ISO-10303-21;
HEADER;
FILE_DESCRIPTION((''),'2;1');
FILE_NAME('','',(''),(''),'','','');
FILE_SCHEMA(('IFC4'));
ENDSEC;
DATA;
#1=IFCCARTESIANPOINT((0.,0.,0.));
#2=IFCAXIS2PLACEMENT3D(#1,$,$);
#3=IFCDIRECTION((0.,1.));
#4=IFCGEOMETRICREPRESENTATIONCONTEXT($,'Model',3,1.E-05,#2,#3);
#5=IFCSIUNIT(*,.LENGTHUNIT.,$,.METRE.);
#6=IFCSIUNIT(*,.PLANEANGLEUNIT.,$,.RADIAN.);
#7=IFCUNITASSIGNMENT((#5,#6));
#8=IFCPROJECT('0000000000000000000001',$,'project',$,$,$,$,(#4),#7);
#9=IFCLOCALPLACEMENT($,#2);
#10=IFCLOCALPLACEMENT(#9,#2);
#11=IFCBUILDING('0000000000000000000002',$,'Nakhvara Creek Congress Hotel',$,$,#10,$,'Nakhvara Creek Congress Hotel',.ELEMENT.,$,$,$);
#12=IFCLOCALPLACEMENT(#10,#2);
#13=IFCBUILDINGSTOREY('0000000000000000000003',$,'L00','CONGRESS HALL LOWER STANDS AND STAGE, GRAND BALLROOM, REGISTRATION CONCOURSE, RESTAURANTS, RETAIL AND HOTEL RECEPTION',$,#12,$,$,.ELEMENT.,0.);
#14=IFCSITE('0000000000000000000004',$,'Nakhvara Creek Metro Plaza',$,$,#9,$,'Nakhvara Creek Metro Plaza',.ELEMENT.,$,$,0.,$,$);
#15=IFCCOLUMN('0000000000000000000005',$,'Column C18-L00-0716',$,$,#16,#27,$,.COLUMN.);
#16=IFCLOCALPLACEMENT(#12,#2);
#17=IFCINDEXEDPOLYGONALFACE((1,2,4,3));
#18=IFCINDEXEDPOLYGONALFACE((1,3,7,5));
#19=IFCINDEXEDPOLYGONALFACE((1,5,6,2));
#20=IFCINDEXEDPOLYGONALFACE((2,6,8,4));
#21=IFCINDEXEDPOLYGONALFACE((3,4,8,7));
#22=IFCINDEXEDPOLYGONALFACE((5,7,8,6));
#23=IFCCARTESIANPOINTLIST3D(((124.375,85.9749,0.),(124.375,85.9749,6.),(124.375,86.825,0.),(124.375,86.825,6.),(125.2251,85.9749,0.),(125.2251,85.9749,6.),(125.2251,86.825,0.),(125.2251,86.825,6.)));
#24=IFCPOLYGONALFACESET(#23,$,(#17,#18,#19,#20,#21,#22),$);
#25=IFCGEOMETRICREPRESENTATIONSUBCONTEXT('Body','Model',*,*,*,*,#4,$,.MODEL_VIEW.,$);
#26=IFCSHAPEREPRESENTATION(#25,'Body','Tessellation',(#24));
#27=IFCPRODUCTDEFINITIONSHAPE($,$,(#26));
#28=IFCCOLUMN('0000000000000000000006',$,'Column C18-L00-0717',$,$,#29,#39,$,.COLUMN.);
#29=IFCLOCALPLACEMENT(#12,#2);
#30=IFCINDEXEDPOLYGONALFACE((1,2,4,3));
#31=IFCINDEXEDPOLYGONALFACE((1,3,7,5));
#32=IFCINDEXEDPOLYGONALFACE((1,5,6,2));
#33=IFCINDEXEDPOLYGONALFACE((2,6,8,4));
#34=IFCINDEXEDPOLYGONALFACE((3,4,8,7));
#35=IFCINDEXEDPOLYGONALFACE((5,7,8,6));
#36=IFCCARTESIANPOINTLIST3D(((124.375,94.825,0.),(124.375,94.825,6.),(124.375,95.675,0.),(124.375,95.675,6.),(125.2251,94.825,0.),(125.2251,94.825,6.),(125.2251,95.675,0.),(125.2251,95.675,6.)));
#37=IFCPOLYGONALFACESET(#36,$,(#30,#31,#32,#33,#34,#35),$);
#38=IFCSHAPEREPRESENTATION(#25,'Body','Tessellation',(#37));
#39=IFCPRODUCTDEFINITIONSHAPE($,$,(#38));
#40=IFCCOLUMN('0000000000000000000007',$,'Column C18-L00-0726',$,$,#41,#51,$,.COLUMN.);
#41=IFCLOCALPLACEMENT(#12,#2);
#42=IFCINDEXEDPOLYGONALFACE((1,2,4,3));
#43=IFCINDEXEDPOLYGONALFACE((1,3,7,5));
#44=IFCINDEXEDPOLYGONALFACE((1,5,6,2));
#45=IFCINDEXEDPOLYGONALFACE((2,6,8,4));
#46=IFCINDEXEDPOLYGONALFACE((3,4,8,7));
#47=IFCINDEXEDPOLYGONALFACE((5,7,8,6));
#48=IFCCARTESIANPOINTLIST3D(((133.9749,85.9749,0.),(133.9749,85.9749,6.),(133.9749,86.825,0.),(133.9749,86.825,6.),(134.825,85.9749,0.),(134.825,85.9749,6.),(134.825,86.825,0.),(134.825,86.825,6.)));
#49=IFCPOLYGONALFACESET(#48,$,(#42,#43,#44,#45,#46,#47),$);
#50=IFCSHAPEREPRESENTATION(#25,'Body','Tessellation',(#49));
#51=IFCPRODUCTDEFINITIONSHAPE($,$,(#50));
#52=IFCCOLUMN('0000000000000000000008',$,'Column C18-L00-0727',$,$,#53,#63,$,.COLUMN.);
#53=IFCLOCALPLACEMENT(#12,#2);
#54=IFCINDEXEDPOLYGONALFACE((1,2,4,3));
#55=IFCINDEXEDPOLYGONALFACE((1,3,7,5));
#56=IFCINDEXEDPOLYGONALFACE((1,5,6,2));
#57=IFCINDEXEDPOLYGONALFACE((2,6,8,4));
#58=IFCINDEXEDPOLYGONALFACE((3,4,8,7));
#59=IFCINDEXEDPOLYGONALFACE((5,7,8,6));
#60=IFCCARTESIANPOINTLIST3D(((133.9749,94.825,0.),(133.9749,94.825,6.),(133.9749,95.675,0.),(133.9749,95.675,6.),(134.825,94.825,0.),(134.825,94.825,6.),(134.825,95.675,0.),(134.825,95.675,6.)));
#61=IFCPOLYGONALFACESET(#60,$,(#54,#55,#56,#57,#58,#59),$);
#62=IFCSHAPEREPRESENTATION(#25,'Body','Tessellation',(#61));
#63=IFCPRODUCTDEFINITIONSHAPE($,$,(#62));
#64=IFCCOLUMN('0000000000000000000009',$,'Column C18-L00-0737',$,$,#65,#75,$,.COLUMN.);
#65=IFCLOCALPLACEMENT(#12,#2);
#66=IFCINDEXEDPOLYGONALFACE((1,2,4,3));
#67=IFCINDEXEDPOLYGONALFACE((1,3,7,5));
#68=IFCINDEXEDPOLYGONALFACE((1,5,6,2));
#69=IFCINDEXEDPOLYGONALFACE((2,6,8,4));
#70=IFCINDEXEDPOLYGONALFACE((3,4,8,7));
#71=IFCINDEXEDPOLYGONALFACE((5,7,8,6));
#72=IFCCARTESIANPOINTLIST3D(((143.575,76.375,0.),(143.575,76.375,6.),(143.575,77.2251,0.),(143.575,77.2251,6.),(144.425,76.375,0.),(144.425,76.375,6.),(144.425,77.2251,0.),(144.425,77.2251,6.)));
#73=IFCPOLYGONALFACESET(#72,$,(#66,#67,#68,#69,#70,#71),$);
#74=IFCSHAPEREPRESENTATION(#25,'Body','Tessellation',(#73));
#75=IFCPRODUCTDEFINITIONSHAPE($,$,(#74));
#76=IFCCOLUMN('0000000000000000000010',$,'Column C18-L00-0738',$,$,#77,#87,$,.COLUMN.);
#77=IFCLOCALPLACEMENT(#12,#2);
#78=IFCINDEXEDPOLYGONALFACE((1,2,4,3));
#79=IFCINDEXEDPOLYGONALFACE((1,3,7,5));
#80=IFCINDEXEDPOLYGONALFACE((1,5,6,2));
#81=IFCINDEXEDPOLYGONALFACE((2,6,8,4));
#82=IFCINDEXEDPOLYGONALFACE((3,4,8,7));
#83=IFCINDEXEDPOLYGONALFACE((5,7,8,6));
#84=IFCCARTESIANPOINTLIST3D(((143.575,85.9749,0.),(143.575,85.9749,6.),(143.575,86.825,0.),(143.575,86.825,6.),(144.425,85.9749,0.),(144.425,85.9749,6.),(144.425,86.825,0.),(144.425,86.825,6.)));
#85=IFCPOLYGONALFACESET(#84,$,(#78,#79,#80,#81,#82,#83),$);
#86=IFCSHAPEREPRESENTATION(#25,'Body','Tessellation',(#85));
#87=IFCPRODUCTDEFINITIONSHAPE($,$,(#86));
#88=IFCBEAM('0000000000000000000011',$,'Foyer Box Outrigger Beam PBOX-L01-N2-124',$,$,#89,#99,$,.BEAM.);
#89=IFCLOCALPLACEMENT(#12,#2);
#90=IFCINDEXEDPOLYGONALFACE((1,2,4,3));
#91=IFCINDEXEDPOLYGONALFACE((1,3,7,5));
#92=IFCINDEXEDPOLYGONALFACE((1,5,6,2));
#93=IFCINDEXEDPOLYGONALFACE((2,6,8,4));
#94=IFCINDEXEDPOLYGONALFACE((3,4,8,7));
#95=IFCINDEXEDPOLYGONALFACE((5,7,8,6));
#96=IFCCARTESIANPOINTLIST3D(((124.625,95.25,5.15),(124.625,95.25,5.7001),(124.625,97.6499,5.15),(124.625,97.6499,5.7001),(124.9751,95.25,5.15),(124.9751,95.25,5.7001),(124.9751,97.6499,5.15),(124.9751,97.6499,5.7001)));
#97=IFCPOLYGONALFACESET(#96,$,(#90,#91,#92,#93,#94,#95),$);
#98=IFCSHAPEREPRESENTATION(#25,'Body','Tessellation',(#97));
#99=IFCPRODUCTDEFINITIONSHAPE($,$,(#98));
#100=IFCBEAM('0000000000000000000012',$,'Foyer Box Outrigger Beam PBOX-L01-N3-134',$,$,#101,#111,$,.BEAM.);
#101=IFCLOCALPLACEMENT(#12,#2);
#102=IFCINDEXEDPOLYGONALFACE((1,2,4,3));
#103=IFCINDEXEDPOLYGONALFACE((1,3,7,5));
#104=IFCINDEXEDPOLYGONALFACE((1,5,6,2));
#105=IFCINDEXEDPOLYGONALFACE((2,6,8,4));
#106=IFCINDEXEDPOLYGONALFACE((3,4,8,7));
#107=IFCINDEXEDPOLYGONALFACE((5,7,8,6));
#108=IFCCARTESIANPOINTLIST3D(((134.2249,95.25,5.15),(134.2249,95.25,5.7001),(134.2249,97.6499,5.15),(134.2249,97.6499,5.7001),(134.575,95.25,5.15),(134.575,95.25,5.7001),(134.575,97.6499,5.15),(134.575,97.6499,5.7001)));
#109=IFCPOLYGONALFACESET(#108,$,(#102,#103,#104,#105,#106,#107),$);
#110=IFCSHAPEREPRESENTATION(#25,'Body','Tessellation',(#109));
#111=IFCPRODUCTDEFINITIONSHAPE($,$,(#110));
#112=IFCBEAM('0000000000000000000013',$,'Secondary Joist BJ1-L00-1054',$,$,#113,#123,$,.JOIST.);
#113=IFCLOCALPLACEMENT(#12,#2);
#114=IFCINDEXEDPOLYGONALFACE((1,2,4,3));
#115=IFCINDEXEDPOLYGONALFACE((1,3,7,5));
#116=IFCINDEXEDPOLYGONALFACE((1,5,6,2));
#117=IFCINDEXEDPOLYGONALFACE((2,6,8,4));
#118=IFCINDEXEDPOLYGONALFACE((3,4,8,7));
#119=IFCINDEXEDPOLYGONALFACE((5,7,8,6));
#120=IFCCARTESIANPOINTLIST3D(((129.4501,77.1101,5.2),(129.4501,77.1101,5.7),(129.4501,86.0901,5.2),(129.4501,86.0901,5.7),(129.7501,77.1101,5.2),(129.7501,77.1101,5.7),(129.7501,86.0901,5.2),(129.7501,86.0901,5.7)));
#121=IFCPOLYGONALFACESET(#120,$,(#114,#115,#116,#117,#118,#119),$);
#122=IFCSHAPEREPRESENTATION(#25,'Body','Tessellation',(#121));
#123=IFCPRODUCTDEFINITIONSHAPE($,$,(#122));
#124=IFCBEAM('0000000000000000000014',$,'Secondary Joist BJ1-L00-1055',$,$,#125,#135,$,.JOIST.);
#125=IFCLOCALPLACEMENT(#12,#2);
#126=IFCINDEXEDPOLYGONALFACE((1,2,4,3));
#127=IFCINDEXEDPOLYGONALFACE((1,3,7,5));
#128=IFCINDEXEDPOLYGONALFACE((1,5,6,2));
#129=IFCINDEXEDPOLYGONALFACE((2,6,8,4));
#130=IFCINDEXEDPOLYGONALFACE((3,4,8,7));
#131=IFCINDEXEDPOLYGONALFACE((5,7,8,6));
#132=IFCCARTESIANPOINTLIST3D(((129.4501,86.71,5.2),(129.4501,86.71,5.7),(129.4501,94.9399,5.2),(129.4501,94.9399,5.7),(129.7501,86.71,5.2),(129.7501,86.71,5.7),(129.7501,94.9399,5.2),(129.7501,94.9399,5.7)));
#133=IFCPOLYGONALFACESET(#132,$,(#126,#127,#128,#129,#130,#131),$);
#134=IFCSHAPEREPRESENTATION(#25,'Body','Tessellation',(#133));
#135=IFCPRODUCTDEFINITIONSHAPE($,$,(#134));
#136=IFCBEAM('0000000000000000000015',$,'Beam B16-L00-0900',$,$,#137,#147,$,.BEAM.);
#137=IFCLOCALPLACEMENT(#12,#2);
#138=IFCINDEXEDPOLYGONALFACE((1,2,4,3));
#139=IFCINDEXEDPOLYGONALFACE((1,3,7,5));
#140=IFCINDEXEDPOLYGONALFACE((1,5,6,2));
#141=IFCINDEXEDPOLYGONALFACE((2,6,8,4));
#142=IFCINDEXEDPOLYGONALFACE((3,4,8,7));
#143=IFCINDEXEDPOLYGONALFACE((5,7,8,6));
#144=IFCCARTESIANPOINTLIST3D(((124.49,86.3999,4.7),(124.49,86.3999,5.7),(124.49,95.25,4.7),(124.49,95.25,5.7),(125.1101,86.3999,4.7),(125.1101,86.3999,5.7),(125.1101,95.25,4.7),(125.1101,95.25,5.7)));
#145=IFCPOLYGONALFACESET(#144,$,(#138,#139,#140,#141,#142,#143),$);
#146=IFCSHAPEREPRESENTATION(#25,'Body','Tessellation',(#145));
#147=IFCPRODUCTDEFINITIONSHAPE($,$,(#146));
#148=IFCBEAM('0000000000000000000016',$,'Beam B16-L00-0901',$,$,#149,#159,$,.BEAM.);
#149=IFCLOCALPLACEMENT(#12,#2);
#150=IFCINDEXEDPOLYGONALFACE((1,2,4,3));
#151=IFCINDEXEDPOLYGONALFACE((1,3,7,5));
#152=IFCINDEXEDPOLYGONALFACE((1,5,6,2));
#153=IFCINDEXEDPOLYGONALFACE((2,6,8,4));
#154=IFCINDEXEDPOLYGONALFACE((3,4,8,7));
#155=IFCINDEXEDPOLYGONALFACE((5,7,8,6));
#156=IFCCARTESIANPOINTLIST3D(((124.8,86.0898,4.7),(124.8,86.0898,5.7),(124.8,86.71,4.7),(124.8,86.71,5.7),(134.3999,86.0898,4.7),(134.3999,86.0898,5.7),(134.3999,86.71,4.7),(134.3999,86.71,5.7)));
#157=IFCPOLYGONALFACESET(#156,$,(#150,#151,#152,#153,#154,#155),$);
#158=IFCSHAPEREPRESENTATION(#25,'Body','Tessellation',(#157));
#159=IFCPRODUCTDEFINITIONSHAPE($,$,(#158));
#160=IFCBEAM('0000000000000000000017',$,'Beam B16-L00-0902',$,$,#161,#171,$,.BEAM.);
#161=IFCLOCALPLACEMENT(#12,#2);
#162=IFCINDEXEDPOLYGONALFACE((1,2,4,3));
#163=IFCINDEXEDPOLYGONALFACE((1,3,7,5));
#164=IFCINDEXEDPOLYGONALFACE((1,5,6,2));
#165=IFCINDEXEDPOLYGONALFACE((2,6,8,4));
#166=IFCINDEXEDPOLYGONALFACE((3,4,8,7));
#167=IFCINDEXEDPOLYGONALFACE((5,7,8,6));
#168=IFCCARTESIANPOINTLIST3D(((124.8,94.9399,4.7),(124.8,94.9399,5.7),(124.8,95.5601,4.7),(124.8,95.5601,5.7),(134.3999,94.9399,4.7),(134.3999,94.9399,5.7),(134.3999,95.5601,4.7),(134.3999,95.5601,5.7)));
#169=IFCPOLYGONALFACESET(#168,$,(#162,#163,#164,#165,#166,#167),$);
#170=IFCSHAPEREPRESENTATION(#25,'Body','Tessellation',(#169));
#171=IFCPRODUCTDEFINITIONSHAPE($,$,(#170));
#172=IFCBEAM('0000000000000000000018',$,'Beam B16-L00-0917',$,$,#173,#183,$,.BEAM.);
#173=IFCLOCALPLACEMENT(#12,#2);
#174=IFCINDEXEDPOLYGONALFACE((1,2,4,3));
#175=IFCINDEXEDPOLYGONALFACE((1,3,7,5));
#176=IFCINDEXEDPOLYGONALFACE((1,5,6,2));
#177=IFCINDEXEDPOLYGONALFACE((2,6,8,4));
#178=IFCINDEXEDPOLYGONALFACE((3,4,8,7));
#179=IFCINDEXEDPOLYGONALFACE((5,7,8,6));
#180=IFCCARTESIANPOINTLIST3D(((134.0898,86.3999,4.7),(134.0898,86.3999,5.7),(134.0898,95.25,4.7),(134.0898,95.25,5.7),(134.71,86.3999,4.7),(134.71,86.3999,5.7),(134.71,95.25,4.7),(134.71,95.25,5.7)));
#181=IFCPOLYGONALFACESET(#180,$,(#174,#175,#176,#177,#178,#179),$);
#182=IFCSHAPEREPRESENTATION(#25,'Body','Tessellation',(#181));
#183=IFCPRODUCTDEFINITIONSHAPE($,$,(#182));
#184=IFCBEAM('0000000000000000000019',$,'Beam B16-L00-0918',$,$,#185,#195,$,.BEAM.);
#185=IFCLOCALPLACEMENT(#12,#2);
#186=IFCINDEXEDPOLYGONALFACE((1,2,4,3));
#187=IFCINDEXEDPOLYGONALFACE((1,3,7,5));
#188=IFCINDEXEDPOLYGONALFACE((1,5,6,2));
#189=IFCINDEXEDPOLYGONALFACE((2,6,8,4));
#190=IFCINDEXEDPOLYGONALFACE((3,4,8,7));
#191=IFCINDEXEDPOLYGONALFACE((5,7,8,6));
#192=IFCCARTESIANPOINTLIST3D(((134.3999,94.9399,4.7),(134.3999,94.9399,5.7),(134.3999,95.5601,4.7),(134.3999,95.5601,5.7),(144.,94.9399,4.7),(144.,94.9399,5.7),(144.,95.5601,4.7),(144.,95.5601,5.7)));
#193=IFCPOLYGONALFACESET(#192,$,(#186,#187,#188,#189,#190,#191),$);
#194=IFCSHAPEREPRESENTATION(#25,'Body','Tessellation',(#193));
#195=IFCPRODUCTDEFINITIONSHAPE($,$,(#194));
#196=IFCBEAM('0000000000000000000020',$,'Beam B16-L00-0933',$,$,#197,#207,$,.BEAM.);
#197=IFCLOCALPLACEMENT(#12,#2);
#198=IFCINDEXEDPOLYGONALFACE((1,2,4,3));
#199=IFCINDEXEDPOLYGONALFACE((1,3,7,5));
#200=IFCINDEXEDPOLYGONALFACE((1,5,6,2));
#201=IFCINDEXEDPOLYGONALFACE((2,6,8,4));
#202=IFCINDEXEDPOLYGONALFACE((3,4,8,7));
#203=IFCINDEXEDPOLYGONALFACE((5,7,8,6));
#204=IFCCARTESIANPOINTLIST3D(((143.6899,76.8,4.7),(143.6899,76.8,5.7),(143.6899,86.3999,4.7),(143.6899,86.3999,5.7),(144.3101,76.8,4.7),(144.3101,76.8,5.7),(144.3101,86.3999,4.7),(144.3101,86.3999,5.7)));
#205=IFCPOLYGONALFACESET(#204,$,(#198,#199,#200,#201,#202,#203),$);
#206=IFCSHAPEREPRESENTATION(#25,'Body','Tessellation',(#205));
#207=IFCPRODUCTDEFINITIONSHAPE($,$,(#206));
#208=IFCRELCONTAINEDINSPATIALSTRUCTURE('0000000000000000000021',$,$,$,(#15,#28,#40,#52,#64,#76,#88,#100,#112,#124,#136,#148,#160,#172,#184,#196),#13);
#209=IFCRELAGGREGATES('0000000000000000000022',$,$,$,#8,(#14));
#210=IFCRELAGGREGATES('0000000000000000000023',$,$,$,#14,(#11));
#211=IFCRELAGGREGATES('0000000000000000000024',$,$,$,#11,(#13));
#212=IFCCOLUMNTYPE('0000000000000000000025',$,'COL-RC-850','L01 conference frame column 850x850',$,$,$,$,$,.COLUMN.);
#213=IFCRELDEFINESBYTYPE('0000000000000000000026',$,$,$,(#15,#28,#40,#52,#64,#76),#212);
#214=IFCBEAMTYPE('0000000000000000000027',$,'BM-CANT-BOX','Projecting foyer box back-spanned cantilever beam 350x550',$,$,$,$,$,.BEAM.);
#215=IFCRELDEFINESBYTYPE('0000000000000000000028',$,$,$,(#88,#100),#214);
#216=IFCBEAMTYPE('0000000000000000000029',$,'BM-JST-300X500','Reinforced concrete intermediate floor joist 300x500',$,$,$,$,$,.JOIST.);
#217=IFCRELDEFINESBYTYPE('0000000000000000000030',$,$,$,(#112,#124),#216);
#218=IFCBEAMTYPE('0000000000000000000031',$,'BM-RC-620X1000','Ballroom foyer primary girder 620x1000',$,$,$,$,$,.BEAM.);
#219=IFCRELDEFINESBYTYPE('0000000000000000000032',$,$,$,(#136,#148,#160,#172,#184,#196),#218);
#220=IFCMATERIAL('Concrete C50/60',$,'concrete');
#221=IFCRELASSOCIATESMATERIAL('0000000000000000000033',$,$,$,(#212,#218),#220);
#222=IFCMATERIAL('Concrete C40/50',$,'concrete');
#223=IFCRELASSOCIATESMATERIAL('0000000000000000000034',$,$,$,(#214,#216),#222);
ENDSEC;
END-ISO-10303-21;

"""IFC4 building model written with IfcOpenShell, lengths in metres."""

from ifc_helpers import new_model, si_unit, direction, frame, origin, origin_2d, place, context, subcontext, project, spatial, rectangle, extrude, material, material_profile, profile_set, type_object, element, save


model = new_model("IFC4")

# Units and contexts
model_context = context("Model", 3, precision=1e-05, world=origin(), true_north=direction((0.0, 1.0)))
body_context = subcontext(model_context, "Body", "Model", "MODEL_VIEW")
ifc_project = project(units=[si_unit("LENGTHUNIT", "METRE"), si_unit("PLANEANGLEUNIT", "RADIAN")], contexts=[model_context])

# Site, building, storey
site_placement = place(None, origin())
site = spatial("IfcSite", under=ifc_project, at=site_placement, Name="Nakhvara Creek Metro Plaza", LongName="Nakhvara Creek Metro Plaza", CompositionType="ELEMENT", RefElevation=0.0)
building_placement = place(site_placement, origin())
building = spatial("IfcBuilding", under=site, at=building_placement, Name="Nakhvara Creek Congress Hotel", LongName="Nakhvara Creek Congress Hotel", CompositionType="ELEMENT")
storey_placement = place(building_placement, origin())
storey = spatial("IfcBuildingStorey", under=building, at=storey_placement, Name="L00", Description="CONGRESS HALL LOWER STANDS AND STAGE, GRAND BALLROOM, REGISTRATION CONCOURSE, RESTAURANTS, RETAIL AND HOTEL RECEPTION", CompositionType="ELEMENT", Elevation=0.0)

# Columns
ifc_material_1 = material(Name="Concrete C50/60", Category="concrete")
ifc_material_profile_1 = material_profile(ifc_material_1, rectangle(XDim=0.8501, YDim=0.8501, at=origin_2d()), Name="RC-COL 850x850", Category="LoadBearing")
ifc_profile_set_1 = profile_set([ifc_material_profile_1], Name="Concrete C50/60")
column_type = type_object("IfcColumnType", Name="COL-RC-850", Description="L01 conference frame column 850x850", PredefinedType="COLUMN", material=ifc_profile_set_1)
for number, where, z_axis, x_axis, name in (
    (1, (124.8, 86.3999, 0.0), (0.0, 0.0, 1.0), (1.0, 0.0, 0.0), "Column C18-L00-0716"),
    (2, (124.8, 95.25, 0.0), (0.0, 0.0, 1.0), (1.0, 0.0, 0.0), "Column C18-L00-0717"),
    (3, (134.3999, 86.3999, 0.0), (0.0, 0.0, 1.0), (1.0, 0.0, 0.0), "Column C18-L00-0726"),
    (4, (134.3999, 95.25, 0.0), (0.0, 0.0, 1.0), (1.0, 0.0, 0.0), "Column C18-L00-0727"),
    (5, (144.0, 76.8, 0.0), (0.0, 0.0, 1.0), (1.0, 0.0, 0.0), "Column C18-L00-0737"),
    (6, (144.0, 86.3999, 0.0), (0.0, 0.0, 1.0), (1.0, 0.0, 0.0), "Column C18-L00-0738"),
):
    element("IfcColumn", number, at=place(storey_placement, frame(where, z_axis=z_axis, x_axis=x_axis)), inside=storey, type_object=column_type, Name=name, PredefinedType="COLUMN", context=body_context, shape_type="SweptSolid", body=[
        extrude(rectangle(XDim=0.8501, YDim=0.8501, at=origin_2d()), origin(), (0.0, 0.0, 1.0), 6.0),
    ])

# Beams
ifc_material_2 = material(Name="Concrete C40/50", Category="concrete")
ifc_material_profile_2 = material_profile(ifc_material_2, rectangle(XDim=0.3501, YDim=0.55, at=origin_2d()), Name="RC-BM 350x550", Category="LoadBearing")
ifc_profile_set_2 = profile_set([ifc_material_profile_2], Name="Concrete C40/50")
beam_type_1 = type_object("IfcBeamType", Name="BM-CANT-BOX", Description="Projecting foyer box back-spanned cantilever beam 350x550", PredefinedType="BEAM", material=ifc_profile_set_2)
for number, where, z_axis, x_axis, name in (
    (7, (124.8, 95.25, 5.425), (0.0, 1.0, 0.0), (-1.0, 0.0, 0.0), "Foyer Box Outrigger Beam PBOX-L01-N2-124"),
    (8, (134.3999, 95.25, 5.425), (0.0, 1.0, 0.0), (-1.0, 0.0, 0.0), "Foyer Box Outrigger Beam PBOX-L01-N3-134"),
):
    element("IfcBeam", number, at=place(storey_placement, frame(where, z_axis=z_axis, x_axis=x_axis)), inside=storey, type_object=beam_type_1, Name=name, PredefinedType="BEAM", context=body_context, shape_type="SweptSolid", body=[
        extrude(rectangle(XDim=0.3501, YDim=0.55, at=origin_2d()), origin(), (0.0, 0.0, 1.0), 2.3999),
    ])
ifc_material_profile_3 = material_profile(ifc_material_2, rectangle(XDim=0.3, YDim=0.5, at=origin_2d()), Name="RC-BM 300x500", Category="LoadBearing")
ifc_profile_set_3 = profile_set([ifc_material_profile_3], Name="Concrete C40/50")
beam_type_2 = type_object("IfcBeamType", Name="BM-JST-300X500", Description="Reinforced concrete intermediate floor joist 300x500", PredefinedType="JOIST", material=ifc_profile_set_3)
beam_1_placement = place(storey_placement, frame((129.6001, 77.1101, 5.45), z_axis=(0.0, 1.0, 0.0), x_axis=(-1.0, 0.0, 0.0)))
element("IfcBeam", 9, at=beam_1_placement, inside=storey, type_object=beam_type_2, Name="Secondary Joist BJ1-L00-1054", PredefinedType="JOIST", context=body_context, shape_type="SweptSolid", body=[
    extrude(rectangle(XDim=0.3, YDim=0.5, at=origin_2d()), origin(), (0.0, 0.0, 1.0), 8.98),
])
beam_2_placement = place(storey_placement, frame((129.6001, 86.71, 5.45), z_axis=(0.0, 1.0, 0.0), x_axis=(-1.0, 0.0, 0.0)))
element("IfcBeam", 10, at=beam_2_placement, inside=storey, type_object=beam_type_2, Name="Secondary Joist BJ1-L00-1055", PredefinedType="JOIST", context=body_context, shape_type="SweptSolid", body=[
    extrude(rectangle(XDim=0.3, YDim=0.5, at=origin_2d()), origin(), (0.0, 0.0, 1.0), 8.23),
])
ifc_material_profile_4 = material_profile(ifc_material_1, rectangle(XDim=0.6201, YDim=1.0, at=origin_2d()), Name="RC-BM 620x1000", Category="LoadBearing")
ifc_profile_set_4 = profile_set([ifc_material_profile_4], Name="Concrete C50/60")
beam_type_3 = type_object("IfcBeamType", Name="BM-RC-620X1000", Description="Ballroom foyer primary girder 620x1000", PredefinedType="BEAM", material=ifc_profile_set_4)
beam_3_placement = place(storey_placement, frame((124.8, 86.3999, 5.2), z_axis=(0.0, 1.0, 0.0), x_axis=(-1.0, 0.0, 0.0)))
element("IfcBeam", 11, at=beam_3_placement, inside=storey, type_object=beam_type_3, Name="Beam B16-L00-0900", PredefinedType="BEAM", context=body_context, shape_type="SweptSolid", body=[
    extrude(rectangle(XDim=0.6201, YDim=1.0, at=origin_2d()), origin(), (0.0, 0.0, 1.0), 8.8501),
])
for number, where, z_axis, x_axis, name in (
    (12, (124.8, 86.3999, 5.2), (1.0, 0.0, 0.0), (0.0, 1.0, 0.0), "Beam B16-L00-0901"),
    (13, (124.8, 95.25, 5.2), (1.0, 0.0, 0.0), (0.0, 1.0, 0.0), "Beam B16-L00-0902"),
):
    element("IfcBeam", number, at=place(storey_placement, frame(where, z_axis=z_axis, x_axis=x_axis)), inside=storey, type_object=beam_type_3, Name=name, PredefinedType="BEAM", context=body_context, shape_type="SweptSolid", body=[
        extrude(rectangle(XDim=0.6201, YDim=1.0, at=origin_2d()), origin(), (0.0, 0.0, 1.0), 9.5999),
    ])
beam_4_placement = place(storey_placement, frame((134.3999, 86.3999, 5.2), z_axis=(0.0, 1.0, 0.0), x_axis=(-1.0, 0.0, 0.0)))
element("IfcBeam", 14, at=beam_4_placement, inside=storey, type_object=beam_type_3, Name="Beam B16-L00-0917", PredefinedType="BEAM", context=body_context, shape_type="SweptSolid", body=[
    extrude(rectangle(XDim=0.6201, YDim=1.0, at=origin_2d()), origin(), (0.0, 0.0, 1.0), 8.8501),
])
beam_5_placement = place(storey_placement, frame((134.3999, 95.25, 5.2), z_axis=(1.0, 0.0, 0.0), x_axis=(0.0, 1.0, 0.0)))
element("IfcBeam", 15, at=beam_5_placement, inside=storey, type_object=beam_type_3, Name="Beam B16-L00-0918", PredefinedType="BEAM", context=body_context, shape_type="SweptSolid", body=[
    extrude(rectangle(XDim=0.6201, YDim=1.0, at=origin_2d()), origin(), (0.0, 0.0, 1.0), 9.6001),
])
beam_6_placement = place(storey_placement, frame((144.0, 76.8, 5.2), z_axis=(0.0, 1.0, 0.0), x_axis=(-1.0, 0.0, 0.0)))
element("IfcBeam", 16, at=beam_6_placement, inside=storey, type_object=beam_type_3, Name="Beam B16-L00-0933", PredefinedType="BEAM", context=body_context, shape_type="SweptSolid", body=[
    extrude(rectangle(XDim=0.6201, YDim=1.0, at=origin_2d()), origin(), (0.0, 0.0, 1.0), 9.5999),
])

save(model, "model.ifc")
